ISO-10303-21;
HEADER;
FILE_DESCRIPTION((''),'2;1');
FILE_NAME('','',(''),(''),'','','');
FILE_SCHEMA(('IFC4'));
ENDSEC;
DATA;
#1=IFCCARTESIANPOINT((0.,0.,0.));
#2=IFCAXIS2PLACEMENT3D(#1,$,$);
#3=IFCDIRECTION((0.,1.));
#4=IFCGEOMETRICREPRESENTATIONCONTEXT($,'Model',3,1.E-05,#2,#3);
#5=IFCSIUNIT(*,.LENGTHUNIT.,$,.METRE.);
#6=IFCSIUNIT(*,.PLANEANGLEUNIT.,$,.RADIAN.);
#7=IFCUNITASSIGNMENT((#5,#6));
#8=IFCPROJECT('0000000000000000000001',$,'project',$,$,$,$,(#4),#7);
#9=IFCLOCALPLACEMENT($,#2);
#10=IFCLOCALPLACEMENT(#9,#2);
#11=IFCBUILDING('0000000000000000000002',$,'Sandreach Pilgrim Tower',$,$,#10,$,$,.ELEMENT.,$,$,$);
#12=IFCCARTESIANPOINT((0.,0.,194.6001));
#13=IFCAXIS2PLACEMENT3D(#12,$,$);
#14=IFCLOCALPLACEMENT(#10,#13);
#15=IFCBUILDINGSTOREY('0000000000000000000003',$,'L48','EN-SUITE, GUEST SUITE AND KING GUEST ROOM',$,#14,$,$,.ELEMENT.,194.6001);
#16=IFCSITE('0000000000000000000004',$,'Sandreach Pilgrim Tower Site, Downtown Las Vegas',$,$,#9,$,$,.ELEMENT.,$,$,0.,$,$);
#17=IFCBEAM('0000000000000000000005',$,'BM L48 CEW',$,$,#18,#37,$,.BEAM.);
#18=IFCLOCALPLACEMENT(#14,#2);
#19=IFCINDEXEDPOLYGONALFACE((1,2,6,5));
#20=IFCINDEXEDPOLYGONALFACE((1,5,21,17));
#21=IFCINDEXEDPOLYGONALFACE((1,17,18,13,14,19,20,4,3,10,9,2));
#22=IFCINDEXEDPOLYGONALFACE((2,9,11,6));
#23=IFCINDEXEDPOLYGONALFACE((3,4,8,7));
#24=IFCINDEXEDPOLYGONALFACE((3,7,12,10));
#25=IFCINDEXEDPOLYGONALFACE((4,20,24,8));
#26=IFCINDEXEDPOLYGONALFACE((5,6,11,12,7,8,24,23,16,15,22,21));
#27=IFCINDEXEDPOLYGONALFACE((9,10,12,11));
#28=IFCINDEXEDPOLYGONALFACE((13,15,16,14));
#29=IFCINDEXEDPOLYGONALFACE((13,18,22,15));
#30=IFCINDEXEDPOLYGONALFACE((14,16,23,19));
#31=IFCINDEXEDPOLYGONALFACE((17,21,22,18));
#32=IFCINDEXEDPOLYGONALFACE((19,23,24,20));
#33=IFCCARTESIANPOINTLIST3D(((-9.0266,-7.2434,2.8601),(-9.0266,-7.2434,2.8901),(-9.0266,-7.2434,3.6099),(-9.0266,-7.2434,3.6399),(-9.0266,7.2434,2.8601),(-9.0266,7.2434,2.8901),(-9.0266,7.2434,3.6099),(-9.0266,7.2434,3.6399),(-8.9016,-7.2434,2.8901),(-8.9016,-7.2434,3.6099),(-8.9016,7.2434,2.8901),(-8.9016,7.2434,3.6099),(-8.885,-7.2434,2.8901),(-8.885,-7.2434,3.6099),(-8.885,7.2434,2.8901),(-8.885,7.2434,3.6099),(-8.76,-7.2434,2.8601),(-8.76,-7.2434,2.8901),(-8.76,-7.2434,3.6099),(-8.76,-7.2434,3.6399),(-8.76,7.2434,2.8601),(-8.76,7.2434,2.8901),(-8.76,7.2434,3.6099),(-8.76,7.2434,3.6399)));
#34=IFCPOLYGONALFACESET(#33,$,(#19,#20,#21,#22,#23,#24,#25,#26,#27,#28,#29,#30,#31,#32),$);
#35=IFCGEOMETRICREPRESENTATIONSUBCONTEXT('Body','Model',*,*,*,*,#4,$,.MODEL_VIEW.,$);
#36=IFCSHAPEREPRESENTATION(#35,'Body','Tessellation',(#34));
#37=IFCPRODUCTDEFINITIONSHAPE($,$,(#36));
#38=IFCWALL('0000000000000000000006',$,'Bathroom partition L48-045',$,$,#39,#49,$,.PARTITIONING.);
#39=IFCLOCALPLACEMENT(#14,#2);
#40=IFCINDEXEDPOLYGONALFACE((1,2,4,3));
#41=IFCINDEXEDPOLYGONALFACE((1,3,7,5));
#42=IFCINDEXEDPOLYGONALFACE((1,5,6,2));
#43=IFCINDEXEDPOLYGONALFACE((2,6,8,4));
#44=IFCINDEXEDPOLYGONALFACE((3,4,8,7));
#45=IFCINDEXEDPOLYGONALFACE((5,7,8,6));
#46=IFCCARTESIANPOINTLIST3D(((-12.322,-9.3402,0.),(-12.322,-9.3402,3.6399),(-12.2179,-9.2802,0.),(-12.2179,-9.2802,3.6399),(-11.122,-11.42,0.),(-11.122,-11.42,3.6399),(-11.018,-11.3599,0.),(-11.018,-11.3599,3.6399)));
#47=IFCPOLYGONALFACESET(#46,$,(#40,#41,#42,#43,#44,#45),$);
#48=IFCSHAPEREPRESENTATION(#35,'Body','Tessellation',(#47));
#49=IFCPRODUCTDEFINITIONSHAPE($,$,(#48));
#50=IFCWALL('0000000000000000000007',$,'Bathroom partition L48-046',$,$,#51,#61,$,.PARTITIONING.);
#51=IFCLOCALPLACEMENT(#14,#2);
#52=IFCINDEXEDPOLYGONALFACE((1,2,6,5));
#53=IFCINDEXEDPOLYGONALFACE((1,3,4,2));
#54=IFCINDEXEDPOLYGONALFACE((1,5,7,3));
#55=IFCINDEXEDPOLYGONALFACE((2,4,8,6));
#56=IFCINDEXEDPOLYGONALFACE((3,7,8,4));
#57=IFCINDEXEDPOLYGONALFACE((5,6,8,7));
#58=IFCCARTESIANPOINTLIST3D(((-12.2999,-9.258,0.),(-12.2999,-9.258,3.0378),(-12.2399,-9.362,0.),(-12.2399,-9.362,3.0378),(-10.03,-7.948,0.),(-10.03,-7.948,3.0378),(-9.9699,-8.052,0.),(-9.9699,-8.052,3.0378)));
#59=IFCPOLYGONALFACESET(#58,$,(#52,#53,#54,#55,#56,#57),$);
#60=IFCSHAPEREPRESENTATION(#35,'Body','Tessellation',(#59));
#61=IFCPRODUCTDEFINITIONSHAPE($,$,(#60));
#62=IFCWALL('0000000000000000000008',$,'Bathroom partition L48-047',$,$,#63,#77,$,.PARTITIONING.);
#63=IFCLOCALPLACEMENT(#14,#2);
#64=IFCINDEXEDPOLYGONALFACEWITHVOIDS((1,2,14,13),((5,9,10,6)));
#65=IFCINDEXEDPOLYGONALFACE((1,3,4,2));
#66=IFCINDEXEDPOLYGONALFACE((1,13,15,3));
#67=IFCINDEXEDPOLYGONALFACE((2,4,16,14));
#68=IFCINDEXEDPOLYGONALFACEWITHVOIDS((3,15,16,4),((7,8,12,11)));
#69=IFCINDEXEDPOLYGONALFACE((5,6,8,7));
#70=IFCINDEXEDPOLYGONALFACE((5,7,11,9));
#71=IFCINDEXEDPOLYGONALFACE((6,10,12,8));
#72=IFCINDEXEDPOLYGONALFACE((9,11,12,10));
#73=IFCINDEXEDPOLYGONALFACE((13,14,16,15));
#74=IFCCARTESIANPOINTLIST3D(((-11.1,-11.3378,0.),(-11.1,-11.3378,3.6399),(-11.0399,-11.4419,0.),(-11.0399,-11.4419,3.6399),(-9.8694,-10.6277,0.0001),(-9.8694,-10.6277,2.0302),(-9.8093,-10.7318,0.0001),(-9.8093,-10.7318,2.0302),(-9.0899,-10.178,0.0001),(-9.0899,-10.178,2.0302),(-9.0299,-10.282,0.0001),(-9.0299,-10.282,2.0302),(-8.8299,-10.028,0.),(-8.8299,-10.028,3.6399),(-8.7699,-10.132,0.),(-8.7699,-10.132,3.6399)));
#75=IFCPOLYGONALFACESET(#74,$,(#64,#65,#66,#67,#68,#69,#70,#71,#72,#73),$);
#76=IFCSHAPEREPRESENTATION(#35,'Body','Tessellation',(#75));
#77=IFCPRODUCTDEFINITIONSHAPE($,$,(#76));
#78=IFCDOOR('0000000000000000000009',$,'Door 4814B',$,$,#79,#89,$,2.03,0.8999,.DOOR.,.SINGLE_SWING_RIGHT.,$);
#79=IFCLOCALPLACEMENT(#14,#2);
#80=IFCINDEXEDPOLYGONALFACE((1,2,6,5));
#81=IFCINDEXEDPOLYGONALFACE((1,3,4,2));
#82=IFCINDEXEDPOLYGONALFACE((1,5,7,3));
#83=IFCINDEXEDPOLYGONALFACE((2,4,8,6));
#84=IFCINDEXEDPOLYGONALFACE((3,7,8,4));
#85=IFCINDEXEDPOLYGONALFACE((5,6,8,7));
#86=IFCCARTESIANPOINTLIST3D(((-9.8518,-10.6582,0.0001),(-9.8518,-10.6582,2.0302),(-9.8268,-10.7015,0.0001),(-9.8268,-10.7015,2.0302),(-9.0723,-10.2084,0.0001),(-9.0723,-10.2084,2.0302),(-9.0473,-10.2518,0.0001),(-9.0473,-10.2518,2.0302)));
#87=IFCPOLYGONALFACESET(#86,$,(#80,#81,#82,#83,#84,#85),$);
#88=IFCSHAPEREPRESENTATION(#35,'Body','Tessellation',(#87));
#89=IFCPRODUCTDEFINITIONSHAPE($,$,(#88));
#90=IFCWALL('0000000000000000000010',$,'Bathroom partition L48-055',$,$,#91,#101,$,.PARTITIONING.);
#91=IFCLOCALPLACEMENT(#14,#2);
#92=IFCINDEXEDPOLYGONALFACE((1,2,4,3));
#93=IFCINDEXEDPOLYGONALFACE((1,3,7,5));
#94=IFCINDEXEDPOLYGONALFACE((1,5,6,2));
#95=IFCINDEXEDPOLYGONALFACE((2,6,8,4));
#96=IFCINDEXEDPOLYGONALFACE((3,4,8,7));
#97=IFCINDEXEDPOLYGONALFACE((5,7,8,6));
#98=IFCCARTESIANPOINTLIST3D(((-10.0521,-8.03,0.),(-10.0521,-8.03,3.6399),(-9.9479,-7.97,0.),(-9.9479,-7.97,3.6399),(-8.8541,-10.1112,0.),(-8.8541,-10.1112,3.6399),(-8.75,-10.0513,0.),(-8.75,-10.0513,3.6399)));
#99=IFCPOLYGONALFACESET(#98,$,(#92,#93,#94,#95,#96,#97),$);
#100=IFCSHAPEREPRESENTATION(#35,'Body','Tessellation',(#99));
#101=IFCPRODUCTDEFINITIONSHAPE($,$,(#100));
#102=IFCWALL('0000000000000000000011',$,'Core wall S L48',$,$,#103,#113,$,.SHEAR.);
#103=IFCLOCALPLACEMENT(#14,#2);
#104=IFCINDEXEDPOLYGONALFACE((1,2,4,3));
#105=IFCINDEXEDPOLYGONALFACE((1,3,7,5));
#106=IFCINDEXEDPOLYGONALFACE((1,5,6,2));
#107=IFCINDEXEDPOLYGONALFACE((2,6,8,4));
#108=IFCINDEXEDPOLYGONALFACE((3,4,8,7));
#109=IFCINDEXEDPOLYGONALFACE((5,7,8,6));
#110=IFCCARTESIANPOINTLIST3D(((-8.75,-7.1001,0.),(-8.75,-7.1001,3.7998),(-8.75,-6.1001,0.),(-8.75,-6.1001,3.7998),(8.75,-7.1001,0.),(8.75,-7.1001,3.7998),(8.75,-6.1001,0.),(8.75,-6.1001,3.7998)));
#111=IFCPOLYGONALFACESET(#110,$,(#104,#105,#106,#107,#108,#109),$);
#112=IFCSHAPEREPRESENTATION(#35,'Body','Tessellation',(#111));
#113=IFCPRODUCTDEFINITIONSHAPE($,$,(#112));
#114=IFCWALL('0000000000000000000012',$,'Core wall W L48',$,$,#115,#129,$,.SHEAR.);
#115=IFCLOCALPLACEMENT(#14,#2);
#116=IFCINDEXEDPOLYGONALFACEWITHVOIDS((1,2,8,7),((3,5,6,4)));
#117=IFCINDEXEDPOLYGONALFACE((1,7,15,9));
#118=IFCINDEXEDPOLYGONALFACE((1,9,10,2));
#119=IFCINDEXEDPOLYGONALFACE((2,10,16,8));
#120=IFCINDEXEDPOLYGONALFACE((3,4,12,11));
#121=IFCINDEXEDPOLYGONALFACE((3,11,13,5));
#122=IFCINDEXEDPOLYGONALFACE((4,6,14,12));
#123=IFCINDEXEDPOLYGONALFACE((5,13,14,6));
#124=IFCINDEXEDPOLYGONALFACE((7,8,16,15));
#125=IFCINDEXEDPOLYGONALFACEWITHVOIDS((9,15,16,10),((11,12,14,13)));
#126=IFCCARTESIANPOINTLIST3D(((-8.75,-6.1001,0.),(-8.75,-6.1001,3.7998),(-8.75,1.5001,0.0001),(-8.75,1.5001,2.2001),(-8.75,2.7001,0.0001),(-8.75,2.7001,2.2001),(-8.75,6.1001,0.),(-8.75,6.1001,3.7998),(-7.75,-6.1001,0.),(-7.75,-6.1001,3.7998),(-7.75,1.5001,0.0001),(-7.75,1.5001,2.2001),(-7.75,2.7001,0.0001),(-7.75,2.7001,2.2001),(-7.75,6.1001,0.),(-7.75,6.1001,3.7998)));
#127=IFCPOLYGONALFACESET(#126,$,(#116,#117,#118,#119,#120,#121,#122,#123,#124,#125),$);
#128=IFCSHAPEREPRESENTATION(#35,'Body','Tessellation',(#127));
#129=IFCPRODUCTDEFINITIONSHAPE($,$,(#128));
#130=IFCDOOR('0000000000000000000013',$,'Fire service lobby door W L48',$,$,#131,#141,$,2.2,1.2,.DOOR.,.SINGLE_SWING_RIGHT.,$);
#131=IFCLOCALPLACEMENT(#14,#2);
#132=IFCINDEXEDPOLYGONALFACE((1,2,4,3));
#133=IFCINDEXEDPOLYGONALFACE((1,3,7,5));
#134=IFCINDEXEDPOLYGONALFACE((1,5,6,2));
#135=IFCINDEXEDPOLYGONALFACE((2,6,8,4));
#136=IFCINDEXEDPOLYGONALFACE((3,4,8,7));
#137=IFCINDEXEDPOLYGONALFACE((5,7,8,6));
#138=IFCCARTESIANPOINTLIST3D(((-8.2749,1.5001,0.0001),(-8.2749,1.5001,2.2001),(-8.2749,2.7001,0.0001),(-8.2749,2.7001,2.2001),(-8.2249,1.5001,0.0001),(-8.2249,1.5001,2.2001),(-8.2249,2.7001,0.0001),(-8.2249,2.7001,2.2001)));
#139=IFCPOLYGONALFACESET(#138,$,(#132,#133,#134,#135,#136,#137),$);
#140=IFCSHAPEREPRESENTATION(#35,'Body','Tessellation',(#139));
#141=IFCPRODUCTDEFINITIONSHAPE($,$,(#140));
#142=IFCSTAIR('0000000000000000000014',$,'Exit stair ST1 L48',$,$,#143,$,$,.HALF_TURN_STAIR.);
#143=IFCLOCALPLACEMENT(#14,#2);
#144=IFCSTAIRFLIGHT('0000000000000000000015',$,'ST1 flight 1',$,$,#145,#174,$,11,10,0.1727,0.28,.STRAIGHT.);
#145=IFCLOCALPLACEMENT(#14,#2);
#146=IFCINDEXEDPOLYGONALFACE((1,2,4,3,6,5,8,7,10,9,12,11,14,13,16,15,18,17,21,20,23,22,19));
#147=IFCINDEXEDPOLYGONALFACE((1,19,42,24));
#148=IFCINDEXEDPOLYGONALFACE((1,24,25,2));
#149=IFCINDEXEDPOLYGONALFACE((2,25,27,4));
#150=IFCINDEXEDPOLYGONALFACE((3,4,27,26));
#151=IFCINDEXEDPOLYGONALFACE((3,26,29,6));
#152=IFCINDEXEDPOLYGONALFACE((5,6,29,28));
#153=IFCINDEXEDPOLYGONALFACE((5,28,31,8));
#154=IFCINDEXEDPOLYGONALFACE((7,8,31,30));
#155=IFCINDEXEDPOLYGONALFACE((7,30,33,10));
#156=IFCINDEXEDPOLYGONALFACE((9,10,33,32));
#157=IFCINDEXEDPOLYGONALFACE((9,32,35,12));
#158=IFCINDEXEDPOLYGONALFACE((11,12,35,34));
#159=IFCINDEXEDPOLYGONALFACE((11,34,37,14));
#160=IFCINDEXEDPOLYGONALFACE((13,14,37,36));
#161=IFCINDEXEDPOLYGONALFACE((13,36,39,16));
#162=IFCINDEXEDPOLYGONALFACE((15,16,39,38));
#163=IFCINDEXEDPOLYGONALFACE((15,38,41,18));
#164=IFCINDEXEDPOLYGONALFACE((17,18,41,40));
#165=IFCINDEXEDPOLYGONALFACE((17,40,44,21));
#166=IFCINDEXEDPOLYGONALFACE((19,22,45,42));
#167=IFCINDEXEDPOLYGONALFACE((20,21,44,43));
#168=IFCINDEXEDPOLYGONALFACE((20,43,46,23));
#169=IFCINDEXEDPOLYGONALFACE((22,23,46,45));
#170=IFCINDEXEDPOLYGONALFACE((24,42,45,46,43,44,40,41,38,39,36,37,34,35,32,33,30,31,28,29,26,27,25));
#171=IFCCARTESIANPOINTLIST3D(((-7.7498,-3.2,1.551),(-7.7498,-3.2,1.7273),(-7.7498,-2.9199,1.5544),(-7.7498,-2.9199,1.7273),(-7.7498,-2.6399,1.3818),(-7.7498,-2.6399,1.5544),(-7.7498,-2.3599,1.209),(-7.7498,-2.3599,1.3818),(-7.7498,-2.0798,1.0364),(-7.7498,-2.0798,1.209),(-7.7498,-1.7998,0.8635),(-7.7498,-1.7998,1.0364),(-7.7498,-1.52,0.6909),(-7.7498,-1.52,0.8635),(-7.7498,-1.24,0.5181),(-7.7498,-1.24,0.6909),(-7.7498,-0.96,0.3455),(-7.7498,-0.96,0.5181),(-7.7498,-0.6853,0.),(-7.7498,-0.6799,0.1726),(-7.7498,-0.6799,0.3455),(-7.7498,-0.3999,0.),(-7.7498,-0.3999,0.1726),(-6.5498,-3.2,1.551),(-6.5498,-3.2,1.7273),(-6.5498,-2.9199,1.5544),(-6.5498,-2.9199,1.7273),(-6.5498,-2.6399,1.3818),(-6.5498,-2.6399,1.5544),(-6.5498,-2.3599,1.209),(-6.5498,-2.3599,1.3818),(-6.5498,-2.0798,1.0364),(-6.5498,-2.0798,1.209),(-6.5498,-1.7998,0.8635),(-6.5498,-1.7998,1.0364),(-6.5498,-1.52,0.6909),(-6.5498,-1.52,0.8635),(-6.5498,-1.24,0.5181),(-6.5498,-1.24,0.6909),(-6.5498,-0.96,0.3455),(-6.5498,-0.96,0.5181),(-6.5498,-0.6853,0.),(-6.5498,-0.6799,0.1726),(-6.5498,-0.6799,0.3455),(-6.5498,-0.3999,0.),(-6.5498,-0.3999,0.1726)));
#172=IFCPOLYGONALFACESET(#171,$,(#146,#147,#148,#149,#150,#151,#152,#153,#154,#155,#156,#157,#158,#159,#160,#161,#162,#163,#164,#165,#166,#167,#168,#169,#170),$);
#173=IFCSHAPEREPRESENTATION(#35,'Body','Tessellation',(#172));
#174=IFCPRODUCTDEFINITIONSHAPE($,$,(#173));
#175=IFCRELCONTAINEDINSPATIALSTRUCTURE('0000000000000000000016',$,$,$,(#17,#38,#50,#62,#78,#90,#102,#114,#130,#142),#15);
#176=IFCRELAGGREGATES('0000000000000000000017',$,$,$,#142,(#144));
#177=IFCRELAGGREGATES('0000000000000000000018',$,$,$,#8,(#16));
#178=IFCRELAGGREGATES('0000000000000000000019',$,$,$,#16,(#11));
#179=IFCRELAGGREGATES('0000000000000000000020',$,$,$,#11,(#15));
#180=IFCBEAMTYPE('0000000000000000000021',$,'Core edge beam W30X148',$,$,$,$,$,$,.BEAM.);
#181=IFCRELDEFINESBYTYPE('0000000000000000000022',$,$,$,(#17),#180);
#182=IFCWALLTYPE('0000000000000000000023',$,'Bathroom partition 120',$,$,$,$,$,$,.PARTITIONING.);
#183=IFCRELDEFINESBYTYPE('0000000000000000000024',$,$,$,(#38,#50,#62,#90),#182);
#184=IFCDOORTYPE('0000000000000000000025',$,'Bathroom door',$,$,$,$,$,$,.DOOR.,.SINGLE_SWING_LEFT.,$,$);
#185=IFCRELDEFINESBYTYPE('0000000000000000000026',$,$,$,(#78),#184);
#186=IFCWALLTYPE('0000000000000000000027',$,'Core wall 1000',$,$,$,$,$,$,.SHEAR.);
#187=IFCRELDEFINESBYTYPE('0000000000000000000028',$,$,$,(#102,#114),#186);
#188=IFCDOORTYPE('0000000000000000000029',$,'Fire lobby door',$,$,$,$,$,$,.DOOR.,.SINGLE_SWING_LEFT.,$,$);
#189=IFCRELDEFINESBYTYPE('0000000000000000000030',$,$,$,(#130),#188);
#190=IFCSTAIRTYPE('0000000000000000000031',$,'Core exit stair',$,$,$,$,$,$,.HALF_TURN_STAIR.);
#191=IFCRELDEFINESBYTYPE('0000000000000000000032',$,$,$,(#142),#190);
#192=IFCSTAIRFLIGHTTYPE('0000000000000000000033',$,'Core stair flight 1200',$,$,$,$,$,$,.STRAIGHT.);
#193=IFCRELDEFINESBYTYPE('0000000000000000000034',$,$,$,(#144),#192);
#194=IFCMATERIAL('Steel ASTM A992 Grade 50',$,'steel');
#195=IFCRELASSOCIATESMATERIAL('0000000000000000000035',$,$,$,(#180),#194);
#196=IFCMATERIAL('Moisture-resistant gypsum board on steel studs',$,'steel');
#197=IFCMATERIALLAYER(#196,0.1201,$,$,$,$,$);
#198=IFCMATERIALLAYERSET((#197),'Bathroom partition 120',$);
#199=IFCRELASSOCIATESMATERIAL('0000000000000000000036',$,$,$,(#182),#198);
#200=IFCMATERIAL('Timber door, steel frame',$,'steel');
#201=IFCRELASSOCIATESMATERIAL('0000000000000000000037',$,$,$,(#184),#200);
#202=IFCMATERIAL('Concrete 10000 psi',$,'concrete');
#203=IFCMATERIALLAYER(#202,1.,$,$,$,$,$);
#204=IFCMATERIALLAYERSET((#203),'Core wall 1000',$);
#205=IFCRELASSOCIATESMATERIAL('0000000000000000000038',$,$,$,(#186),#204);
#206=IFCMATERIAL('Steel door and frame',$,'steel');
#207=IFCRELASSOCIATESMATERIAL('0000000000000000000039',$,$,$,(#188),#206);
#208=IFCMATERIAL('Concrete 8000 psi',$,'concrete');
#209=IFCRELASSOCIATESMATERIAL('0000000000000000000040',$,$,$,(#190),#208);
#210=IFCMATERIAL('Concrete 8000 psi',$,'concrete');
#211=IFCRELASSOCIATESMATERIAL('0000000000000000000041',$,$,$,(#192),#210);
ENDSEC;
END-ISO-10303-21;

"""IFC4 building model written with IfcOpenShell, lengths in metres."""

from ifc_helpers import new_model, si_unit, direction, frame, frame_2d, origin, origin_2d, place, context, subcontext, project, spatial, polyline, rectangle, i_section, outline, extrude, material, layer, layer_set, material_profile, profile_set, type_object, element, fill, aggregate, save


model = new_model("IFC4")

# Units and contexts
model_context = context("Model", 3, precision=1e-05, world=origin(), true_north=direction((0.0, 1.0)))
body_context = subcontext(model_context, "Body", "Model", "MODEL_VIEW")
ifc_project = project(units=[si_unit("LENGTHUNIT", "METRE"), si_unit("PLANEANGLEUNIT", "RADIAN")], contexts=[model_context])

# Site, building, storey
site_placement = place(None, origin())
site = spatial("IfcSite", under=ifc_project, at=site_placement, Name="Sandreach Pilgrim Tower Site, Downtown Las Vegas", CompositionType="ELEMENT", RefElevation=0.0)
building_placement = place(site_placement, origin())
building = spatial("IfcBuilding", under=site, at=building_placement, Name="Sandreach Pilgrim Tower", CompositionType="ELEMENT")
storey_placement = place(building_placement, frame((0.0, 0.0, 194.6001)))
storey = spatial("IfcBuildingStorey", under=building, at=storey_placement, Name="L48", Description="EN-SUITE, GUEST SUITE AND KING GUEST ROOM", CompositionType="ELEMENT", Elevation=194.6001)

# Beam
ifc_material_1 = material(Name="Steel ASTM A992 Grade 50", Category="steel")
ifc_material_profile = material_profile(ifc_material_1, i_section(OverallWidth=0.2666, OverallDepth=0.7798, WebThickness=0.0166, FlangeThickness=0.03, at=origin_2d()), Name="W30X148")
ifc_profile_set = profile_set([ifc_material_profile], Name="Steel ASTM A992 Grade 50")
beam_type = type_object("IfcBeamType", Name="Core edge beam W30X148", PredefinedType="BEAM", material=ifc_profile_set)
beam_placement = place(storey_placement, frame((-8.8933, -7.2434, 3.25), z_axis=(0.0, 1.0, 0.0), x_axis=(-1.0, 0.0, 0.0)))
element("IfcBeam", 1, at=beam_placement, inside=storey, type_object=beam_type, Name="BM L48 CEW", PredefinedType="BEAM", context=body_context, shape_type="SweptSolid", body=[
    extrude(i_section(OverallWidth=0.2666, OverallDepth=0.7798, WebThickness=0.0166, FlangeThickness=0.03, at=origin_2d()), origin(), (0.0, 0.0, 1.0), 14.4868),
])

# Walls
ifc_material_2 = material(Name="Moisture-resistant gypsum board on steel studs", Category="steel")
ifc_layer_1 = layer(ifc_material_2, 0.1201)
ifc_layer_set_1 = layer_set([ifc_layer_1], Name="Bathroom partition 120")
wall_type_1 = type_object("IfcWallType", Name="Bathroom partition 120", PredefinedType="PARTITIONING", material=ifc_layer_set_1)
wall_1_placement = place(storey_placement, frame((-12.27, -9.3101, 0.0), z_axis=(0.0, 0.0, 1.0), x_axis=(0.499737, -0.866177, 0.0)))
element("IfcWall", 2, at=wall_1_placement, inside=storey, type_object=wall_type_1, Name="Bathroom partition L48-045", PredefinedType="PARTITIONING", context=body_context, shape_type="SweptSolid", body=[
    extrude(rectangle(XDim=2.4011, YDim=0.1201, at=frame_2d((1.2007, 0.0))), origin(), (0.0, 0.0, 1.0), 3.6399),
])
wall_2_placement = place(storey_placement, frame((-12.27, -9.3101, 0.0), z_axis=(0.0, 0.0, 1.0), x_axis=(0.866114, 0.499846, 0.0)))
element("IfcWall", 3, at=wall_2_placement, inside=storey, type_object=wall_type_1, Name="Bathroom partition L48-046", PredefinedType="PARTITIONING", context=body_context, shape_type="SweptSolid", body=[
    extrude(rectangle(XDim=2.6208, YDim=0.1201, at=frame_2d((1.3105, 0.0))), origin(), (0.0, 0.0, 1.0), 3.0378),
])

# Wall, opening, door
wall_3_placement = place(storey_placement, frame((-11.0701, -11.3899, 0.0), z_axis=(0.0, 0.0, 1.0), x_axis=(0.866155, 0.499776, 0.0)))
wall_3 = element("IfcWall", 4, at=wall_3_placement, inside=storey, type_object=wall_type_1, Name="Bathroom partition L48-047", PredefinedType="PARTITIONING", context=body_context, shape_type="SweptSolid", body=[
    extrude(rectangle(XDim=2.6208, YDim=0.1201, at=frame_2d((1.3105, 0.0))), origin(), (0.0, 0.0, 1.0), 3.6399),
])
opening_1_placement = place(wall_3_placement, frame((1.4209, 0.0, 0.0)))
opening_1 = element("IfcOpeningElement", 5, at=opening_1_placement, cuts=wall_3, PredefinedType="OPENING", context=body_context, shape_type="SweptSolid", body=[
    extrude(rectangle(XDim=0.8999, YDim=2.03, at=frame_2d((0.45, 1.0151))), frame((0.0, 0.0601, 0.0), z_axis=(0.0, -1.0, 0.0), x_axis=(1.0, 0.0, 0.0)), (0.0, 0.0, 1.0), 0.1201),
])
ifc_material_3 = material(Name="Timber door, steel frame", Category="steel")
door_type_1 = type_object("IfcDoorType", Name="Bathroom door", OperationType="SINGLE_SWING_LEFT", PredefinedType="DOOR", material=ifc_material_3)
door_1_placement = place(opening_1_placement, origin())
door_1 = element("IfcDoor", 6, at=door_1_placement, inside=storey, type_object=door_type_1, Name="Door 4814B", OperationType="SINGLE_SWING_RIGHT", OverallHeight=2.03, OverallWidth=0.8999, PredefinedType="DOOR", context=body_context, shape_type="SweptSolid", body=[
    extrude(rectangle(XDim=0.8999, YDim=2.03, at=frame_2d((0.45, 1.0151))), frame((0.0, 0.0249, 0.0), z_axis=(0.0, -1.0, 0.0), x_axis=(1.0, 0.0, 0.0)), (0.0, 0.0, 1.0), 0.05),
])
fill(opening_1, door_1)

# Wall
wall_4_placement = place(storey_placement, frame((-10.0, -8.0, 0.0), z_axis=(0.0, 0.0, 1.0), x_axis=(0.498863, -0.866681, 0.0)))
element("IfcWall", 7, at=wall_4_placement, inside=storey, type_object=wall_type_1, Name="Bathroom partition L48-055", PredefinedType="PARTITIONING", context=body_context, shape_type="SweptSolid", body=[
    extrude(rectangle(XDim=2.4014, YDim=0.1201, at=frame_2d((1.2007, 0.0))), origin(), (0.0, 0.0, 1.0), 3.6399),
])

# Wall
ifc_material_4 = material(Name="Concrete 10000 psi", Category="concrete")
ifc_layer_2 = layer(ifc_material_4, 1.0)
ifc_layer_set_2 = layer_set([ifc_layer_2], Name="Core wall 1000")
wall_type_2 = type_object("IfcWallType", Name="Core wall 1000", PredefinedType="SHEAR", material=ifc_layer_set_2)
wall_5_placement = place(storey_placement, frame((-8.75, -6.6001, 0.0), z_axis=(0.0, 0.0, 1.0), x_axis=(1.0, 0.0, 0.0)))
element("IfcWall", 8, at=wall_5_placement, inside=storey, type_object=wall_type_2, Name="Core wall S L48", PredefinedType="SHEAR", context=body_context, shape_type="SweptSolid", body=[
    extrude(rectangle(XDim=17.5, YDim=1.0, at=frame_2d((8.75, 0.0))), origin(), (0.0, 0.0, 1.0), 3.7998),
])

# Wall, opening, door
wall_6_placement = place(storey_placement, frame((-8.25, -6.1001, 0.0), z_axis=(0.0, 0.0, 1.0), x_axis=(0.0, 1.0, 0.0)))
wall_6 = element("IfcWall", 9, at=wall_6_placement, inside=storey, type_object=wall_type_2, Name="Core wall W L48", PredefinedType="SHEAR", context=body_context, shape_type="SweptSolid", body=[
    extrude(rectangle(XDim=12.2002, YDim=1.0, at=frame_2d((6.1001, 0.0))), origin(), (0.0, 0.0, 1.0), 3.7998),
])
opening_2_placement = place(wall_6_placement, frame((7.6001, 0.0, 0.0)))
opening_2 = element("IfcOpeningElement", 10, at=opening_2_placement, cuts=wall_6, PredefinedType="OPENING", context=body_context, shape_type="SweptSolid", body=[
    extrude(rectangle(XDim=1.2, YDim=2.2, at=frame_2d((0.6001, 1.1001))), frame((0.0, 0.5, 0.0), z_axis=(0.0, -1.0, 0.0), x_axis=(1.0, 0.0, 0.0)), (0.0, 0.0, 1.0), 1.0),
])
ifc_material_5 = material(Name="Steel door and frame", Category="steel")
door_type_2 = type_object("IfcDoorType", Name="Fire lobby door", OperationType="SINGLE_SWING_LEFT", PredefinedType="DOOR", material=ifc_material_5)
door_2_placement = place(opening_2_placement, origin())
door_2 = element("IfcDoor", 11, at=door_2_placement, inside=storey, type_object=door_type_2, Name="Fire service lobby door W L48", OperationType="SINGLE_SWING_RIGHT", OverallHeight=2.2, OverallWidth=1.2, PredefinedType="DOOR", context=body_context, shape_type="SweptSolid", body=[
    extrude(rectangle(XDim=1.2, YDim=2.2, at=frame_2d((0.6001, 1.1001))), frame((0.0, 0.0249, 0.0), z_axis=(0.0, -1.0, 0.0), x_axis=(1.0, 0.0, 0.0)), (0.0, 0.0, 1.0), 0.05),
])
fill(opening_2, door_2)

# Stair, stair flight
ifc_material_6 = material(Name="Concrete 8000 psi", Category="concrete")
stair_type = type_object("IfcStairType", Name="Core exit stair", PredefinedType="HALF_TURN_STAIR", material=ifc_material_6)
stair_placement = place(storey_placement, origin())
stair = element("IfcStair", 12, at=stair_placement, inside=storey, type_object=stair_type, Name="Exit stair ST1 L48", PredefinedType="HALF_TURN_STAIR")
ifc_material_7 = material(Name="Concrete 8000 psi", Category="concrete")
stair_flight_type = type_object("IfcStairFlightType", Name="Core stair flight 1200", PredefinedType="STRAIGHT", material=ifc_material_7)
stair_flight_1_placement = place(storey_placement, frame((-7.1499, -0.3999, 0.0), z_axis=(0.0, 0.0, 1.0), x_axis=(0.0, -1.0, 0.0)))
stair_flight_1 = element("IfcStairFlight", 13, at=stair_flight_1_placement, type_object=stair_flight_type, Name="ST1 flight 1", NumberOfRisers=11, NumberOfTreads=10, PredefinedType="STRAIGHT", RiserHeight=0.1727, TreadLength=0.28, context=body_context, shape_type="SweptSolid", body=[
    extrude(outline(polyline([(0.0, 0.0), (0.0, 0.1726), (0.28, 0.1726), (0.28, 0.3455), (0.5601, 0.3455), (0.5601, 0.5181), (0.8401, 0.5181), (0.8401, 0.6909), (1.1201, 0.6909), (1.1201, 0.8635), (1.3999, 0.8635), (1.3999, 1.0364), (1.6799, 1.0364), (1.6799, 1.209), (1.96, 1.209), (1.96, 1.3818), (2.24, 1.3818), (2.24, 1.5544), (2.52, 1.5544), (2.52, 1.7273), (2.8, 1.7273), (2.8, 1.8999), (2.8, 1.551), (0.2854, 0.0), (0.0, 0.0)])), frame((0.0, 0.6001, 0.0), z_axis=(0.0, -1.0, 0.0), x_axis=(1.0, 0.0, 0.0)), (0.0, 0.0, 1.0), 1.2),
])
aggregate(stair, [stair_flight_1])

save(model, "model.ifc")
